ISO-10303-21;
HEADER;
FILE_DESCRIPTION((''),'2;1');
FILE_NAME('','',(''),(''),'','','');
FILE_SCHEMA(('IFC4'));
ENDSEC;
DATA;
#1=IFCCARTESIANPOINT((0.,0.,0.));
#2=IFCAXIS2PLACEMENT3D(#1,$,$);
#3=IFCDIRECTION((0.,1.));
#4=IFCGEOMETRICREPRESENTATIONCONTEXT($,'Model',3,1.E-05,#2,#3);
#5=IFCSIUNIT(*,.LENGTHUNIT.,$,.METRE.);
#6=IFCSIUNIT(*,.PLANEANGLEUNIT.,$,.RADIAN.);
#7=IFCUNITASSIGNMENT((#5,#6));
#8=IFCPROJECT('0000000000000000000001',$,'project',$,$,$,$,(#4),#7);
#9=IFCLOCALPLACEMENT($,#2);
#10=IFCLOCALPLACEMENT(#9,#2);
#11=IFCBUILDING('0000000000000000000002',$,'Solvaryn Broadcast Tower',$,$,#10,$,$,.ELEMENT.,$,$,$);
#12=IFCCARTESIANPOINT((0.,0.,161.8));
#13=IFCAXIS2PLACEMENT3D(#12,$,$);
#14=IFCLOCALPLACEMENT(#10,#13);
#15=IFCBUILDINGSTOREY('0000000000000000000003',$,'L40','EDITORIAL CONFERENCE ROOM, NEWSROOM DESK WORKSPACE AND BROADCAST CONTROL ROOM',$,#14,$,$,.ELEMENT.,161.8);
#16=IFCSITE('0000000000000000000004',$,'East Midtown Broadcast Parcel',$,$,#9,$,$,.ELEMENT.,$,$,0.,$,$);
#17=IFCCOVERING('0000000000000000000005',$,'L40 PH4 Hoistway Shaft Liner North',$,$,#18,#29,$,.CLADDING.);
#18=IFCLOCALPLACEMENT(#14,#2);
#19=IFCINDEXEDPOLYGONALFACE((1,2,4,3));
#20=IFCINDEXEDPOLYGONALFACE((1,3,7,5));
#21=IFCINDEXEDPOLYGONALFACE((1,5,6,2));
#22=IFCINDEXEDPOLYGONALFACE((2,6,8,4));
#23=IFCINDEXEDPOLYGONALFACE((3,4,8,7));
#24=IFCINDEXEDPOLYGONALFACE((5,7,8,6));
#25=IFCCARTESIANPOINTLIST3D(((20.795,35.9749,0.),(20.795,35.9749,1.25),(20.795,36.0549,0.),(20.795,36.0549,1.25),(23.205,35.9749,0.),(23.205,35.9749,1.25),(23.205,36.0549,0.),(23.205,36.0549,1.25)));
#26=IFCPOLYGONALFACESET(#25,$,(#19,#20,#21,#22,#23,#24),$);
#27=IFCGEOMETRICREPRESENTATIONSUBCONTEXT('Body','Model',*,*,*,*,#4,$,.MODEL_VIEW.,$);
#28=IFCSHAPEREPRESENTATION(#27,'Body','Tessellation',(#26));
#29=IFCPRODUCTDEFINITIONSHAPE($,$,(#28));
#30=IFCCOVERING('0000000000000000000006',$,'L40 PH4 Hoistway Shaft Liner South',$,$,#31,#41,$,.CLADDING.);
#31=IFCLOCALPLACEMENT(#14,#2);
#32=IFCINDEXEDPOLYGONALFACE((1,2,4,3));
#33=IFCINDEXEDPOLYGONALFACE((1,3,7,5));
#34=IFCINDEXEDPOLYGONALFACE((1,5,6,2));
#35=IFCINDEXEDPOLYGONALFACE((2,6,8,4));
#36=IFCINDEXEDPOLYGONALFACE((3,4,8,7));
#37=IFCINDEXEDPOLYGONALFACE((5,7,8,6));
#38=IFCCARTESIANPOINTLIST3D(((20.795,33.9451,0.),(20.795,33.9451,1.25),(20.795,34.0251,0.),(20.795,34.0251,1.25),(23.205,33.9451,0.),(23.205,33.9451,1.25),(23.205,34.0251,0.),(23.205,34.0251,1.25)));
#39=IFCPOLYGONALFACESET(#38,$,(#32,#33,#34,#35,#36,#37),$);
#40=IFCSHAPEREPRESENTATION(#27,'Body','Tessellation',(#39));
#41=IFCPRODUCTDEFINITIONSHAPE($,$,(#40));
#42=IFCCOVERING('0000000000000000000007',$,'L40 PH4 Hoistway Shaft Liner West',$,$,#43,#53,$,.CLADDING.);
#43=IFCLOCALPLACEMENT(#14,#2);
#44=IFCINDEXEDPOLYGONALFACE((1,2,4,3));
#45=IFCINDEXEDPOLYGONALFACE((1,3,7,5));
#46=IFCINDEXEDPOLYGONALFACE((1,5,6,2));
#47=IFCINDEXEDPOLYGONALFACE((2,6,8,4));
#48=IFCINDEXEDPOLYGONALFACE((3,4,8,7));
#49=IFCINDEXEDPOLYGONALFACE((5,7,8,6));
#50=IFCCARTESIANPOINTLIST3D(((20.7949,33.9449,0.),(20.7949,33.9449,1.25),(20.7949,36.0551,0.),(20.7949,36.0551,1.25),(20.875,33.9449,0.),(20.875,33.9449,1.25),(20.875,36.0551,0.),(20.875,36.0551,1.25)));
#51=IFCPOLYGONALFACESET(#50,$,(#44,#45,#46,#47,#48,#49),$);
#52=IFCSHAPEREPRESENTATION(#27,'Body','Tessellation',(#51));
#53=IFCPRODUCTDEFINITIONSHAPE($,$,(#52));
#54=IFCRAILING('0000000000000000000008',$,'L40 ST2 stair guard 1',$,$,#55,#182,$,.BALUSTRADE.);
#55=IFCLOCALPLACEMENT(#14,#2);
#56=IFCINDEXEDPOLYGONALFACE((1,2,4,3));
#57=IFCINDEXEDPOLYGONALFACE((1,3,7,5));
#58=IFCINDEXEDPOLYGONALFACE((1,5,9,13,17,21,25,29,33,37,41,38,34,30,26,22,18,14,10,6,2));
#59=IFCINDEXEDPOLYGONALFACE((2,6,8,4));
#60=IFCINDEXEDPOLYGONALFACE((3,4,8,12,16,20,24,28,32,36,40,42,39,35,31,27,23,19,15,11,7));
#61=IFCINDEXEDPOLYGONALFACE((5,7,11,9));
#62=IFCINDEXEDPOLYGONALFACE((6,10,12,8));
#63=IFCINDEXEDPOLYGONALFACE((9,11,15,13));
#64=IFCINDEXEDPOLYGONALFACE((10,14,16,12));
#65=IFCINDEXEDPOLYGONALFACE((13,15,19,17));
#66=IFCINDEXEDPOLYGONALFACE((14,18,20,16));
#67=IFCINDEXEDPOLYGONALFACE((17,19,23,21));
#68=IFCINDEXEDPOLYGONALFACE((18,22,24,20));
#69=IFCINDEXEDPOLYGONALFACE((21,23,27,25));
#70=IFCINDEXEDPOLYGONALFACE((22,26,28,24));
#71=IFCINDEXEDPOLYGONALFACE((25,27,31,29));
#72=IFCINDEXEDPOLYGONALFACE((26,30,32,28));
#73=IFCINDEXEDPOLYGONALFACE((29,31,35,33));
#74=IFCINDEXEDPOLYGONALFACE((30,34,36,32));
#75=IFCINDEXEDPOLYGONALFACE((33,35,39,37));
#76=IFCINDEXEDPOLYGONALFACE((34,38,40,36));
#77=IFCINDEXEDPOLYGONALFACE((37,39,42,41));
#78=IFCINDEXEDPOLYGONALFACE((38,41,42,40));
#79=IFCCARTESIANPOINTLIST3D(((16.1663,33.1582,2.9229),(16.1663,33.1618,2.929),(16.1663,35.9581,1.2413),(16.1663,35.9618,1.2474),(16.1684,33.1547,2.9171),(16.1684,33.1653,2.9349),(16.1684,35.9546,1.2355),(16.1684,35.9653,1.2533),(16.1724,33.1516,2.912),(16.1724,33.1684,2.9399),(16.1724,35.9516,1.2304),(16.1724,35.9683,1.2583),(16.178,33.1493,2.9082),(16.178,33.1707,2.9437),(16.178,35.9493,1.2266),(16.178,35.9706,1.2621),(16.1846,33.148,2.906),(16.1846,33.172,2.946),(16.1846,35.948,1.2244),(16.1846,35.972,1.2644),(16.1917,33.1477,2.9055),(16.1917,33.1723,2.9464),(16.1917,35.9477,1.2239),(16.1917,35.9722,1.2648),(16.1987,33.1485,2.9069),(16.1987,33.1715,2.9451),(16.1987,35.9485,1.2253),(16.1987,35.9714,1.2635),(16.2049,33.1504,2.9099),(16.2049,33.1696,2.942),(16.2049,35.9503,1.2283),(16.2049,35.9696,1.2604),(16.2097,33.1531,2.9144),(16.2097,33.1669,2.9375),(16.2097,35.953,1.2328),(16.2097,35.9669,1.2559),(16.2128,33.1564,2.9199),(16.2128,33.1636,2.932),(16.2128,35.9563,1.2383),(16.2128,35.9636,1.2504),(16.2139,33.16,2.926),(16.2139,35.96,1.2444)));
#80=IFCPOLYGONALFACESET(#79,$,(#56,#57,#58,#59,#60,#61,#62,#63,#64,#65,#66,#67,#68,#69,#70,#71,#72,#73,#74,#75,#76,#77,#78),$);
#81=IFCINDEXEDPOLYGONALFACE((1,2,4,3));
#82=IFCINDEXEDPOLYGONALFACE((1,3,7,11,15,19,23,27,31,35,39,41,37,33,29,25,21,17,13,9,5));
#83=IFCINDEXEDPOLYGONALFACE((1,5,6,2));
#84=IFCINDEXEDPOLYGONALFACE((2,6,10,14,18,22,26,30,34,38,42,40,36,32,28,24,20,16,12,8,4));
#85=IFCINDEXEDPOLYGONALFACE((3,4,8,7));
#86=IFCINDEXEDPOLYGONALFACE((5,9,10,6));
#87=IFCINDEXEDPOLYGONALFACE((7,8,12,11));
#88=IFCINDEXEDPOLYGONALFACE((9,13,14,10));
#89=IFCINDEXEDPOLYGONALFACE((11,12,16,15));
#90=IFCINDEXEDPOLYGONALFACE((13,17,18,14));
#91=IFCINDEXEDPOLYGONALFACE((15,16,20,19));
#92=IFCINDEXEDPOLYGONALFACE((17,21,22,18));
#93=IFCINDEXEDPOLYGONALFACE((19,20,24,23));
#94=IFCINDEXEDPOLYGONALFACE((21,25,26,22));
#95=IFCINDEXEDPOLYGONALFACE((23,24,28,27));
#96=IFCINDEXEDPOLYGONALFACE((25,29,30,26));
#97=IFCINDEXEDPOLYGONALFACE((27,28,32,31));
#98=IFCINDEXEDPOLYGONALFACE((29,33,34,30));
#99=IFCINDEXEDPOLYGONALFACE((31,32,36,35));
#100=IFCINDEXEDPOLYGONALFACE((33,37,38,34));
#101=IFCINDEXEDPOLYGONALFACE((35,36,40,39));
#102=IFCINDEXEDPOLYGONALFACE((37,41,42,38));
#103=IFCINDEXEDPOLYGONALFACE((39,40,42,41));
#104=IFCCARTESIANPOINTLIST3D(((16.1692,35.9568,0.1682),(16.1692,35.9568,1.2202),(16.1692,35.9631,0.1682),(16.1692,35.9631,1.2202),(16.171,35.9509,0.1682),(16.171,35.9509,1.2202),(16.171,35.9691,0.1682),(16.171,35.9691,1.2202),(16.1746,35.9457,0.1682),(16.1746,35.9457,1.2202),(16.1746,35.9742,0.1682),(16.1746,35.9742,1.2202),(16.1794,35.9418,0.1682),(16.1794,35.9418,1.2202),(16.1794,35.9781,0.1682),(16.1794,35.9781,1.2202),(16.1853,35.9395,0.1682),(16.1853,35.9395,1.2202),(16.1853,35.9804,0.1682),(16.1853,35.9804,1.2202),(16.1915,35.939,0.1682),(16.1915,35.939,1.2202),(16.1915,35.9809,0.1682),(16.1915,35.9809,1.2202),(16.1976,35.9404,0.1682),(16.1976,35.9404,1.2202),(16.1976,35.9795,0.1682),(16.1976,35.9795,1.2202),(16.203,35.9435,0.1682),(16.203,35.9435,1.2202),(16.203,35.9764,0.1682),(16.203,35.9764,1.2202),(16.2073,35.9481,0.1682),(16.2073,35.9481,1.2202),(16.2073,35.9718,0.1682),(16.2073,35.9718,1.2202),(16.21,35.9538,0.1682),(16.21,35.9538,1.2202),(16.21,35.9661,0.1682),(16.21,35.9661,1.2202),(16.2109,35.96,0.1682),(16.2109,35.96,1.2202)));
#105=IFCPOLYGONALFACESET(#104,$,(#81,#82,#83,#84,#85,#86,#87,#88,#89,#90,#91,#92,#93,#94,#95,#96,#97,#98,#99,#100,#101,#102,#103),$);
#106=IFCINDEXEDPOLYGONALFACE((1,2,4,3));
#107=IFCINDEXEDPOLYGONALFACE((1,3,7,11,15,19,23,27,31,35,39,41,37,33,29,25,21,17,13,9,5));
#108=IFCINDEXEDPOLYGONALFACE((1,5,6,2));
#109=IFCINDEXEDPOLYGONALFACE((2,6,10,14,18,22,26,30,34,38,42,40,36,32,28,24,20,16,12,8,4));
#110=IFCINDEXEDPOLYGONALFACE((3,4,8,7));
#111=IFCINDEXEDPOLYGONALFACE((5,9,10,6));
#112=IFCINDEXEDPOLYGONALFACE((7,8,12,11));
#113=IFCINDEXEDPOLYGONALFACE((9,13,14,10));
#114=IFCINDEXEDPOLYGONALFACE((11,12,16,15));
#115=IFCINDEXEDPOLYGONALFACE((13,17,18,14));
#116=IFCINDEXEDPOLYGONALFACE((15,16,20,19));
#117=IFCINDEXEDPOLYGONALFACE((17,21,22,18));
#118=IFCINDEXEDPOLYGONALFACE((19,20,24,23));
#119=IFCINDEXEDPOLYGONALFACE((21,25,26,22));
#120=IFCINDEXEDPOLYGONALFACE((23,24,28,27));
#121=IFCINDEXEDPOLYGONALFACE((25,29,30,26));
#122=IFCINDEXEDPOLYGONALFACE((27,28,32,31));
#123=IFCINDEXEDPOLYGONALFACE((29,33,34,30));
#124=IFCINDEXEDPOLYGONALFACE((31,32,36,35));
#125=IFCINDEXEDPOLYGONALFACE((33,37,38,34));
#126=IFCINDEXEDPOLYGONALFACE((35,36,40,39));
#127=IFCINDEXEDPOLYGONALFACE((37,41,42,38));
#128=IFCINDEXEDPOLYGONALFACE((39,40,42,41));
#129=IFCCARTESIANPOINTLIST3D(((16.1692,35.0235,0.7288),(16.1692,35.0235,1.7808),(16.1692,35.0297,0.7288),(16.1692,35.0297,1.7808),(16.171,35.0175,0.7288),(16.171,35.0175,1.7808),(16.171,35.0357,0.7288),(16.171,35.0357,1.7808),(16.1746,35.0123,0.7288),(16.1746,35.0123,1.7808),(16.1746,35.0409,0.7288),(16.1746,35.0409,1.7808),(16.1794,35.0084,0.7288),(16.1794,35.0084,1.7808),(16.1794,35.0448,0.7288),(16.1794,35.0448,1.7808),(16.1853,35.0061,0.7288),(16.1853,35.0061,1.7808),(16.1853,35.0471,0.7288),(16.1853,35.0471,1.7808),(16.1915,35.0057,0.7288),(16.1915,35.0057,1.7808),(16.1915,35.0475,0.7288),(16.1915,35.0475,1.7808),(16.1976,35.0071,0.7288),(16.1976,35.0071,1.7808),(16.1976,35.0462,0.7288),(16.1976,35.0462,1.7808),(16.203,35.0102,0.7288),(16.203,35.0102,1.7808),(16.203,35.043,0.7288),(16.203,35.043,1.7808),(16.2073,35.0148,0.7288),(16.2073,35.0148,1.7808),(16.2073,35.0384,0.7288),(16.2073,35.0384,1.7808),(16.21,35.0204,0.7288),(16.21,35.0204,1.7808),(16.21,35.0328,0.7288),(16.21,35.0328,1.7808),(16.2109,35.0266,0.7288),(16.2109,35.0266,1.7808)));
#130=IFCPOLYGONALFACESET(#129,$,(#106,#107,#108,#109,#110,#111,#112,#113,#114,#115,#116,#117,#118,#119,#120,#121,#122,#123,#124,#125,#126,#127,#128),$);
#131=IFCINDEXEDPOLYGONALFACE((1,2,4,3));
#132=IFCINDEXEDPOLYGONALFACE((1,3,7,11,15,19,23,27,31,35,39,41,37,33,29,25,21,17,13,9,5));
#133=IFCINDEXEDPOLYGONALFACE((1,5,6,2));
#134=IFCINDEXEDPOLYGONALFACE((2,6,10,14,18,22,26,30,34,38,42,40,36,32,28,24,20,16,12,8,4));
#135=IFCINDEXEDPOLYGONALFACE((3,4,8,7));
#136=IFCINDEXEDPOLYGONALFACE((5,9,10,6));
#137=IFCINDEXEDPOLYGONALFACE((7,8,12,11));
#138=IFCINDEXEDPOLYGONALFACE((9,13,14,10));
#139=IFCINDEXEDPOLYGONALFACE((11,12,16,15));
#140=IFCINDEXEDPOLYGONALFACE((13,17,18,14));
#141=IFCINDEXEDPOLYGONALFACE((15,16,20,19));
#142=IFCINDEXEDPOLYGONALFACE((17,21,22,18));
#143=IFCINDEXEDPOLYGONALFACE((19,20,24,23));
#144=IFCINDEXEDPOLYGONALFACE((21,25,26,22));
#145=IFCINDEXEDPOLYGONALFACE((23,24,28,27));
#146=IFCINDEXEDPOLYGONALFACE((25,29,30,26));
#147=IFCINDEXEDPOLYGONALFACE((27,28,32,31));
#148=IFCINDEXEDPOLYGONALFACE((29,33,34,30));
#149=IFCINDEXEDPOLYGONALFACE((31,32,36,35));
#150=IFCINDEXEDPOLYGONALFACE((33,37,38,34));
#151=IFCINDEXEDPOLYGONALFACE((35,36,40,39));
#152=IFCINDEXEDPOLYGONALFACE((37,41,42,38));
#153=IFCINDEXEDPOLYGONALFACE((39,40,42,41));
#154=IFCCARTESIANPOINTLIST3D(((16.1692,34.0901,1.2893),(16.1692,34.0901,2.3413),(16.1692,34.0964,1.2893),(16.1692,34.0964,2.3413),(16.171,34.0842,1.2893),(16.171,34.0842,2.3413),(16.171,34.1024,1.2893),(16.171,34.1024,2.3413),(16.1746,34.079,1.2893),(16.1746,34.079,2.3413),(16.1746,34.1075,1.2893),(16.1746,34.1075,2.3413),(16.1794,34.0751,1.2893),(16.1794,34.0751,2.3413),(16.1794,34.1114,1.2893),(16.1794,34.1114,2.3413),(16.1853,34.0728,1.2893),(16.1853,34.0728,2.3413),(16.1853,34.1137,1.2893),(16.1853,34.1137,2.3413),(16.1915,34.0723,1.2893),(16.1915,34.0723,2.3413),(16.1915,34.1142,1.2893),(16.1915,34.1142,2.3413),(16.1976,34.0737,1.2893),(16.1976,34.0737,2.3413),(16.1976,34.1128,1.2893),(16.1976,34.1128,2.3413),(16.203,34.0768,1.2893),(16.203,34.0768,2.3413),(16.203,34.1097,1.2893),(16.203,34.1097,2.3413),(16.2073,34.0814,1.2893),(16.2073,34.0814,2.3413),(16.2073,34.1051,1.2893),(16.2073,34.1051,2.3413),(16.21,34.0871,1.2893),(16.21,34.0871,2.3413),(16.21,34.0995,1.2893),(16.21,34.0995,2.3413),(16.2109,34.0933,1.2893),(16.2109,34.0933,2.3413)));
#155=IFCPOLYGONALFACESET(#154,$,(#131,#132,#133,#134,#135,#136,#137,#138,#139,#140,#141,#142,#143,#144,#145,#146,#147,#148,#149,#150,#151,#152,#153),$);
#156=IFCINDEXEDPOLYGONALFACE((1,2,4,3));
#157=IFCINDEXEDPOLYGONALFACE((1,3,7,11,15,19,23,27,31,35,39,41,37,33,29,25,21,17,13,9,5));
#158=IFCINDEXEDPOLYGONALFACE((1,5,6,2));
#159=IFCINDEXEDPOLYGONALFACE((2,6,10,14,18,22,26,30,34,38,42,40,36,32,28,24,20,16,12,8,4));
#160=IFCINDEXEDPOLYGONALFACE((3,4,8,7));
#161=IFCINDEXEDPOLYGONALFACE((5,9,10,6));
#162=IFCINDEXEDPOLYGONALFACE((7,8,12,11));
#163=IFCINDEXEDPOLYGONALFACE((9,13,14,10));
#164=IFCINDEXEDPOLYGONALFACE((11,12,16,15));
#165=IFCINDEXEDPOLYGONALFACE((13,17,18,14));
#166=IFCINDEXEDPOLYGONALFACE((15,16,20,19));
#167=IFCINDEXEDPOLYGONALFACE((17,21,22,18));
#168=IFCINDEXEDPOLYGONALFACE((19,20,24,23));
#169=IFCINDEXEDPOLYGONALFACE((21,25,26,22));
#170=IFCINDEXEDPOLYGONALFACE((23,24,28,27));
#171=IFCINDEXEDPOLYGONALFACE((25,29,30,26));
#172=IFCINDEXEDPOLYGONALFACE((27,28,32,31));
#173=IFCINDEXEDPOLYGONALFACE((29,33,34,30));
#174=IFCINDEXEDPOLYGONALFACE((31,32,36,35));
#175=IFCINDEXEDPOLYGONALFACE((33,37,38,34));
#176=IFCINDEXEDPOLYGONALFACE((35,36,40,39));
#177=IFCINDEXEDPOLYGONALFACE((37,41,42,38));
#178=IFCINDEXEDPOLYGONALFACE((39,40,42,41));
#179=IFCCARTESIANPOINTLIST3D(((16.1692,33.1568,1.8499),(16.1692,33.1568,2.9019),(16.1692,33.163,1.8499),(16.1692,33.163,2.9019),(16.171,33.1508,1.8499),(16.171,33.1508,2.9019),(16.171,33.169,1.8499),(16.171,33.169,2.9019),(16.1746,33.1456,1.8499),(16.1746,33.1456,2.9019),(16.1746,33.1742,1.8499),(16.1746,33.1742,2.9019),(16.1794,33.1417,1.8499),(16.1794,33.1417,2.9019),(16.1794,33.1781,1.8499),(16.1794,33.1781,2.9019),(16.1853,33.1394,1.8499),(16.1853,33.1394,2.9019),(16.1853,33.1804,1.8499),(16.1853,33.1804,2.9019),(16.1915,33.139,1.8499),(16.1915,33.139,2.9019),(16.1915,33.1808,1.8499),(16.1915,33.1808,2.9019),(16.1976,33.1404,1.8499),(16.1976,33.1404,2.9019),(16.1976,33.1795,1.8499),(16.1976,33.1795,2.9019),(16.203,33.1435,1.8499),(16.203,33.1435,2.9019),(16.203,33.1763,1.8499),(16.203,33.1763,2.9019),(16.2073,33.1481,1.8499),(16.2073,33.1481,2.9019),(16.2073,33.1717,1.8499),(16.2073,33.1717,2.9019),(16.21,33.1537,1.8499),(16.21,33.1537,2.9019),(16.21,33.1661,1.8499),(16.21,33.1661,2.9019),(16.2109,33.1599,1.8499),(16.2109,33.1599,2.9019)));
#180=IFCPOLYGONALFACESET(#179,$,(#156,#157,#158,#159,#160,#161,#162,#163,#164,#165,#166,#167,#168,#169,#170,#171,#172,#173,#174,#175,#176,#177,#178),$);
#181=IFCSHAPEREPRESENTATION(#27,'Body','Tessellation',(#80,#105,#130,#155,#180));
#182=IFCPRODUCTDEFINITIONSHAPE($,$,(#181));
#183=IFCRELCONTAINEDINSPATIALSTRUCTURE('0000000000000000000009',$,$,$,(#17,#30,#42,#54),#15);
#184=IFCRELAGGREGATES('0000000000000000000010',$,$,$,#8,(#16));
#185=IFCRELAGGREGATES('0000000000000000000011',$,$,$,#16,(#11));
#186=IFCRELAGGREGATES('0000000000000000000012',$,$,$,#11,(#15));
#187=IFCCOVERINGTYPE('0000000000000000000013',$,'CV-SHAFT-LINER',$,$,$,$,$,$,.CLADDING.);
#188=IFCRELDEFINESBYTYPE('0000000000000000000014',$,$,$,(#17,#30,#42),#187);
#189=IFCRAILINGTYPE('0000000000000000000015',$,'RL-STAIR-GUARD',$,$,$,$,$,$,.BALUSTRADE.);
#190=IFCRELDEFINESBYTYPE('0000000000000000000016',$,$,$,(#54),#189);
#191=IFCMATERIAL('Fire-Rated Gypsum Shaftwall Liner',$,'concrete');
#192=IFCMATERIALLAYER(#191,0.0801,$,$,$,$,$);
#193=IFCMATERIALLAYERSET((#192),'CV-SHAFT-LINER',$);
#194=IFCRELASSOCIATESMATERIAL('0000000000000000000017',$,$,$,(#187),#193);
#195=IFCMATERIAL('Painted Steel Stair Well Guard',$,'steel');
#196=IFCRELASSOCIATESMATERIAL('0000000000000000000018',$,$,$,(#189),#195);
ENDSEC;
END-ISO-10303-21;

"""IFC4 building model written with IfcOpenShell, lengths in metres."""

from ifc_helpers import new_model, si_unit, direction, frame, origin, origin_2d, place, context, subcontext, project, spatial, rectangle, circle, extrude, material, layer, layer_set, type_object, element, save


model = new_model("IFC4")

# Units and contexts
model_context = context("Model", 3, precision=1e-05, world=origin(), true_north=direction((0.0, 1.0)))
body_context = subcontext(model_context, "Body", "Model", "MODEL_VIEW")
ifc_project = project(units=[si_unit("LENGTHUNIT", "METRE"), si_unit("PLANEANGLEUNIT", "RADIAN")], contexts=[model_context])

# Site, building, storey
site_placement = place(None, origin())
site = spatial("IfcSite", under=ifc_project, at=site_placement, Name="East Midtown Broadcast Parcel", CompositionType="ELEMENT", RefElevation=0.0)
building_placement = place(site_placement, origin())
building = spatial("IfcBuilding", under=site, at=building_placement, Name="Solvaryn Broadcast Tower", CompositionType="ELEMENT")
storey_placement = place(building_placement, frame((0.0, 0.0, 161.8)))
storey = spatial("IfcBuildingStorey", under=building, at=storey_placement, Name="L40", Description="EDITORIAL CONFERENCE ROOM, NEWSROOM DESK WORKSPACE AND BROADCAST CONTROL ROOM", CompositionType="ELEMENT", Elevation=161.8)

# Coverings
ifc_material_1 = material(Name="Fire-Rated Gypsum Shaftwall Liner", Category="concrete")
ifc_layer_1 = layer(ifc_material_1, 0.0801)
ifc_layer_set_1 = layer_set([ifc_layer_1], Name="CV-SHAFT-LINER")
covering_type = type_object("IfcCoveringType", Name="CV-SHAFT-LINER", PredefinedType="CLADDING", material=ifc_layer_set_1)
for number, where, z_axis, x_axis, name in (
    (1, (22.0, 36.0149, 0.0), (0.0, 0.0, 1.0), (1.0, 0.0, 0.0), "L40 PH4 Hoistway Shaft Liner North"),
    (2, (22.0, 33.9851, 0.0), (0.0, 0.0, 1.0), (1.0, 0.0, 0.0), "L40 PH4 Hoistway Shaft Liner South"),
):
    element("IfcCovering", number, at=place(storey_placement, frame(where, z_axis=z_axis, x_axis=x_axis)), inside=storey, type_object=covering_type, Name=name, PredefinedType="CLADDING", context=body_context, shape_type="SweptSolid", body=[
        extrude(rectangle(XDim=2.4099, YDim=0.0801, at=origin_2d()), origin(), (0.0, 0.0, 1.0), 1.25),
    ])
covering_1_placement = place(storey_placement, frame((20.835, 35.0, 0.0), z_axis=(0.0, 0.0, 1.0), x_axis=(1.0, 0.0, 0.0)))
element("IfcCovering", 3, at=covering_1_placement, inside=storey, type_object=covering_type, Name="L40 PH4 Hoistway Shaft Liner West", PredefinedType="CLADDING", context=body_context, shape_type="SweptSolid", body=[
    extrude(rectangle(XDim=0.0801, YDim=2.1101, at=origin_2d()), origin(), (0.0, 0.0, 1.0), 1.25),
])

# Railing
ifc_material_2 = material(Name="Painted Steel Stair Well Guard", Category="steel")
railing_type_1 = type_object("IfcRailingType", Name="RL-STAIR-GUARD", PredefinedType="BALUSTRADE", material=ifc_material_2)
railing_1_placement = place(storey_placement, frame((16.1899, 35.96, 0.1682)))
element("IfcRailing", 4, at=railing_1_placement, inside=storey, type_object=railing_type_1, Name="L40 ST2 stair guard 1", PredefinedType="BALUSTRADE", context=body_context, shape_type="SweptSolid", body=[
    extrude(circle(Radius=0.0239, at=origin_2d()), frame((0.0, 0.0, 1.0762), z_axis=(0.0, -0.857275, 0.514858), x_axis=(1.0, 0.0, 0.0)), (0.0, 0.0, 1.0), 3.2661),
    extrude(circle(Radius=0.021, at=origin_2d()), origin(), (0.0, 0.0, 1.0), 1.052),
    extrude(circle(Radius=0.021, at=origin_2d()), frame((0.0, -0.9333, 0.5605)), (0.0, 0.0, 1.0), 1.052),
    extrude(circle(Radius=0.021, at=origin_2d()), frame((0.0, -1.8667, 1.1211)), (0.0, 0.0, 1.0), 1.052),
    extrude(circle(Radius=0.021, at=origin_2d()), frame((0.0, -2.8, 1.6816)), (0.0, 0.0, 1.0), 1.052),
])

save(model, "model.ifc")
